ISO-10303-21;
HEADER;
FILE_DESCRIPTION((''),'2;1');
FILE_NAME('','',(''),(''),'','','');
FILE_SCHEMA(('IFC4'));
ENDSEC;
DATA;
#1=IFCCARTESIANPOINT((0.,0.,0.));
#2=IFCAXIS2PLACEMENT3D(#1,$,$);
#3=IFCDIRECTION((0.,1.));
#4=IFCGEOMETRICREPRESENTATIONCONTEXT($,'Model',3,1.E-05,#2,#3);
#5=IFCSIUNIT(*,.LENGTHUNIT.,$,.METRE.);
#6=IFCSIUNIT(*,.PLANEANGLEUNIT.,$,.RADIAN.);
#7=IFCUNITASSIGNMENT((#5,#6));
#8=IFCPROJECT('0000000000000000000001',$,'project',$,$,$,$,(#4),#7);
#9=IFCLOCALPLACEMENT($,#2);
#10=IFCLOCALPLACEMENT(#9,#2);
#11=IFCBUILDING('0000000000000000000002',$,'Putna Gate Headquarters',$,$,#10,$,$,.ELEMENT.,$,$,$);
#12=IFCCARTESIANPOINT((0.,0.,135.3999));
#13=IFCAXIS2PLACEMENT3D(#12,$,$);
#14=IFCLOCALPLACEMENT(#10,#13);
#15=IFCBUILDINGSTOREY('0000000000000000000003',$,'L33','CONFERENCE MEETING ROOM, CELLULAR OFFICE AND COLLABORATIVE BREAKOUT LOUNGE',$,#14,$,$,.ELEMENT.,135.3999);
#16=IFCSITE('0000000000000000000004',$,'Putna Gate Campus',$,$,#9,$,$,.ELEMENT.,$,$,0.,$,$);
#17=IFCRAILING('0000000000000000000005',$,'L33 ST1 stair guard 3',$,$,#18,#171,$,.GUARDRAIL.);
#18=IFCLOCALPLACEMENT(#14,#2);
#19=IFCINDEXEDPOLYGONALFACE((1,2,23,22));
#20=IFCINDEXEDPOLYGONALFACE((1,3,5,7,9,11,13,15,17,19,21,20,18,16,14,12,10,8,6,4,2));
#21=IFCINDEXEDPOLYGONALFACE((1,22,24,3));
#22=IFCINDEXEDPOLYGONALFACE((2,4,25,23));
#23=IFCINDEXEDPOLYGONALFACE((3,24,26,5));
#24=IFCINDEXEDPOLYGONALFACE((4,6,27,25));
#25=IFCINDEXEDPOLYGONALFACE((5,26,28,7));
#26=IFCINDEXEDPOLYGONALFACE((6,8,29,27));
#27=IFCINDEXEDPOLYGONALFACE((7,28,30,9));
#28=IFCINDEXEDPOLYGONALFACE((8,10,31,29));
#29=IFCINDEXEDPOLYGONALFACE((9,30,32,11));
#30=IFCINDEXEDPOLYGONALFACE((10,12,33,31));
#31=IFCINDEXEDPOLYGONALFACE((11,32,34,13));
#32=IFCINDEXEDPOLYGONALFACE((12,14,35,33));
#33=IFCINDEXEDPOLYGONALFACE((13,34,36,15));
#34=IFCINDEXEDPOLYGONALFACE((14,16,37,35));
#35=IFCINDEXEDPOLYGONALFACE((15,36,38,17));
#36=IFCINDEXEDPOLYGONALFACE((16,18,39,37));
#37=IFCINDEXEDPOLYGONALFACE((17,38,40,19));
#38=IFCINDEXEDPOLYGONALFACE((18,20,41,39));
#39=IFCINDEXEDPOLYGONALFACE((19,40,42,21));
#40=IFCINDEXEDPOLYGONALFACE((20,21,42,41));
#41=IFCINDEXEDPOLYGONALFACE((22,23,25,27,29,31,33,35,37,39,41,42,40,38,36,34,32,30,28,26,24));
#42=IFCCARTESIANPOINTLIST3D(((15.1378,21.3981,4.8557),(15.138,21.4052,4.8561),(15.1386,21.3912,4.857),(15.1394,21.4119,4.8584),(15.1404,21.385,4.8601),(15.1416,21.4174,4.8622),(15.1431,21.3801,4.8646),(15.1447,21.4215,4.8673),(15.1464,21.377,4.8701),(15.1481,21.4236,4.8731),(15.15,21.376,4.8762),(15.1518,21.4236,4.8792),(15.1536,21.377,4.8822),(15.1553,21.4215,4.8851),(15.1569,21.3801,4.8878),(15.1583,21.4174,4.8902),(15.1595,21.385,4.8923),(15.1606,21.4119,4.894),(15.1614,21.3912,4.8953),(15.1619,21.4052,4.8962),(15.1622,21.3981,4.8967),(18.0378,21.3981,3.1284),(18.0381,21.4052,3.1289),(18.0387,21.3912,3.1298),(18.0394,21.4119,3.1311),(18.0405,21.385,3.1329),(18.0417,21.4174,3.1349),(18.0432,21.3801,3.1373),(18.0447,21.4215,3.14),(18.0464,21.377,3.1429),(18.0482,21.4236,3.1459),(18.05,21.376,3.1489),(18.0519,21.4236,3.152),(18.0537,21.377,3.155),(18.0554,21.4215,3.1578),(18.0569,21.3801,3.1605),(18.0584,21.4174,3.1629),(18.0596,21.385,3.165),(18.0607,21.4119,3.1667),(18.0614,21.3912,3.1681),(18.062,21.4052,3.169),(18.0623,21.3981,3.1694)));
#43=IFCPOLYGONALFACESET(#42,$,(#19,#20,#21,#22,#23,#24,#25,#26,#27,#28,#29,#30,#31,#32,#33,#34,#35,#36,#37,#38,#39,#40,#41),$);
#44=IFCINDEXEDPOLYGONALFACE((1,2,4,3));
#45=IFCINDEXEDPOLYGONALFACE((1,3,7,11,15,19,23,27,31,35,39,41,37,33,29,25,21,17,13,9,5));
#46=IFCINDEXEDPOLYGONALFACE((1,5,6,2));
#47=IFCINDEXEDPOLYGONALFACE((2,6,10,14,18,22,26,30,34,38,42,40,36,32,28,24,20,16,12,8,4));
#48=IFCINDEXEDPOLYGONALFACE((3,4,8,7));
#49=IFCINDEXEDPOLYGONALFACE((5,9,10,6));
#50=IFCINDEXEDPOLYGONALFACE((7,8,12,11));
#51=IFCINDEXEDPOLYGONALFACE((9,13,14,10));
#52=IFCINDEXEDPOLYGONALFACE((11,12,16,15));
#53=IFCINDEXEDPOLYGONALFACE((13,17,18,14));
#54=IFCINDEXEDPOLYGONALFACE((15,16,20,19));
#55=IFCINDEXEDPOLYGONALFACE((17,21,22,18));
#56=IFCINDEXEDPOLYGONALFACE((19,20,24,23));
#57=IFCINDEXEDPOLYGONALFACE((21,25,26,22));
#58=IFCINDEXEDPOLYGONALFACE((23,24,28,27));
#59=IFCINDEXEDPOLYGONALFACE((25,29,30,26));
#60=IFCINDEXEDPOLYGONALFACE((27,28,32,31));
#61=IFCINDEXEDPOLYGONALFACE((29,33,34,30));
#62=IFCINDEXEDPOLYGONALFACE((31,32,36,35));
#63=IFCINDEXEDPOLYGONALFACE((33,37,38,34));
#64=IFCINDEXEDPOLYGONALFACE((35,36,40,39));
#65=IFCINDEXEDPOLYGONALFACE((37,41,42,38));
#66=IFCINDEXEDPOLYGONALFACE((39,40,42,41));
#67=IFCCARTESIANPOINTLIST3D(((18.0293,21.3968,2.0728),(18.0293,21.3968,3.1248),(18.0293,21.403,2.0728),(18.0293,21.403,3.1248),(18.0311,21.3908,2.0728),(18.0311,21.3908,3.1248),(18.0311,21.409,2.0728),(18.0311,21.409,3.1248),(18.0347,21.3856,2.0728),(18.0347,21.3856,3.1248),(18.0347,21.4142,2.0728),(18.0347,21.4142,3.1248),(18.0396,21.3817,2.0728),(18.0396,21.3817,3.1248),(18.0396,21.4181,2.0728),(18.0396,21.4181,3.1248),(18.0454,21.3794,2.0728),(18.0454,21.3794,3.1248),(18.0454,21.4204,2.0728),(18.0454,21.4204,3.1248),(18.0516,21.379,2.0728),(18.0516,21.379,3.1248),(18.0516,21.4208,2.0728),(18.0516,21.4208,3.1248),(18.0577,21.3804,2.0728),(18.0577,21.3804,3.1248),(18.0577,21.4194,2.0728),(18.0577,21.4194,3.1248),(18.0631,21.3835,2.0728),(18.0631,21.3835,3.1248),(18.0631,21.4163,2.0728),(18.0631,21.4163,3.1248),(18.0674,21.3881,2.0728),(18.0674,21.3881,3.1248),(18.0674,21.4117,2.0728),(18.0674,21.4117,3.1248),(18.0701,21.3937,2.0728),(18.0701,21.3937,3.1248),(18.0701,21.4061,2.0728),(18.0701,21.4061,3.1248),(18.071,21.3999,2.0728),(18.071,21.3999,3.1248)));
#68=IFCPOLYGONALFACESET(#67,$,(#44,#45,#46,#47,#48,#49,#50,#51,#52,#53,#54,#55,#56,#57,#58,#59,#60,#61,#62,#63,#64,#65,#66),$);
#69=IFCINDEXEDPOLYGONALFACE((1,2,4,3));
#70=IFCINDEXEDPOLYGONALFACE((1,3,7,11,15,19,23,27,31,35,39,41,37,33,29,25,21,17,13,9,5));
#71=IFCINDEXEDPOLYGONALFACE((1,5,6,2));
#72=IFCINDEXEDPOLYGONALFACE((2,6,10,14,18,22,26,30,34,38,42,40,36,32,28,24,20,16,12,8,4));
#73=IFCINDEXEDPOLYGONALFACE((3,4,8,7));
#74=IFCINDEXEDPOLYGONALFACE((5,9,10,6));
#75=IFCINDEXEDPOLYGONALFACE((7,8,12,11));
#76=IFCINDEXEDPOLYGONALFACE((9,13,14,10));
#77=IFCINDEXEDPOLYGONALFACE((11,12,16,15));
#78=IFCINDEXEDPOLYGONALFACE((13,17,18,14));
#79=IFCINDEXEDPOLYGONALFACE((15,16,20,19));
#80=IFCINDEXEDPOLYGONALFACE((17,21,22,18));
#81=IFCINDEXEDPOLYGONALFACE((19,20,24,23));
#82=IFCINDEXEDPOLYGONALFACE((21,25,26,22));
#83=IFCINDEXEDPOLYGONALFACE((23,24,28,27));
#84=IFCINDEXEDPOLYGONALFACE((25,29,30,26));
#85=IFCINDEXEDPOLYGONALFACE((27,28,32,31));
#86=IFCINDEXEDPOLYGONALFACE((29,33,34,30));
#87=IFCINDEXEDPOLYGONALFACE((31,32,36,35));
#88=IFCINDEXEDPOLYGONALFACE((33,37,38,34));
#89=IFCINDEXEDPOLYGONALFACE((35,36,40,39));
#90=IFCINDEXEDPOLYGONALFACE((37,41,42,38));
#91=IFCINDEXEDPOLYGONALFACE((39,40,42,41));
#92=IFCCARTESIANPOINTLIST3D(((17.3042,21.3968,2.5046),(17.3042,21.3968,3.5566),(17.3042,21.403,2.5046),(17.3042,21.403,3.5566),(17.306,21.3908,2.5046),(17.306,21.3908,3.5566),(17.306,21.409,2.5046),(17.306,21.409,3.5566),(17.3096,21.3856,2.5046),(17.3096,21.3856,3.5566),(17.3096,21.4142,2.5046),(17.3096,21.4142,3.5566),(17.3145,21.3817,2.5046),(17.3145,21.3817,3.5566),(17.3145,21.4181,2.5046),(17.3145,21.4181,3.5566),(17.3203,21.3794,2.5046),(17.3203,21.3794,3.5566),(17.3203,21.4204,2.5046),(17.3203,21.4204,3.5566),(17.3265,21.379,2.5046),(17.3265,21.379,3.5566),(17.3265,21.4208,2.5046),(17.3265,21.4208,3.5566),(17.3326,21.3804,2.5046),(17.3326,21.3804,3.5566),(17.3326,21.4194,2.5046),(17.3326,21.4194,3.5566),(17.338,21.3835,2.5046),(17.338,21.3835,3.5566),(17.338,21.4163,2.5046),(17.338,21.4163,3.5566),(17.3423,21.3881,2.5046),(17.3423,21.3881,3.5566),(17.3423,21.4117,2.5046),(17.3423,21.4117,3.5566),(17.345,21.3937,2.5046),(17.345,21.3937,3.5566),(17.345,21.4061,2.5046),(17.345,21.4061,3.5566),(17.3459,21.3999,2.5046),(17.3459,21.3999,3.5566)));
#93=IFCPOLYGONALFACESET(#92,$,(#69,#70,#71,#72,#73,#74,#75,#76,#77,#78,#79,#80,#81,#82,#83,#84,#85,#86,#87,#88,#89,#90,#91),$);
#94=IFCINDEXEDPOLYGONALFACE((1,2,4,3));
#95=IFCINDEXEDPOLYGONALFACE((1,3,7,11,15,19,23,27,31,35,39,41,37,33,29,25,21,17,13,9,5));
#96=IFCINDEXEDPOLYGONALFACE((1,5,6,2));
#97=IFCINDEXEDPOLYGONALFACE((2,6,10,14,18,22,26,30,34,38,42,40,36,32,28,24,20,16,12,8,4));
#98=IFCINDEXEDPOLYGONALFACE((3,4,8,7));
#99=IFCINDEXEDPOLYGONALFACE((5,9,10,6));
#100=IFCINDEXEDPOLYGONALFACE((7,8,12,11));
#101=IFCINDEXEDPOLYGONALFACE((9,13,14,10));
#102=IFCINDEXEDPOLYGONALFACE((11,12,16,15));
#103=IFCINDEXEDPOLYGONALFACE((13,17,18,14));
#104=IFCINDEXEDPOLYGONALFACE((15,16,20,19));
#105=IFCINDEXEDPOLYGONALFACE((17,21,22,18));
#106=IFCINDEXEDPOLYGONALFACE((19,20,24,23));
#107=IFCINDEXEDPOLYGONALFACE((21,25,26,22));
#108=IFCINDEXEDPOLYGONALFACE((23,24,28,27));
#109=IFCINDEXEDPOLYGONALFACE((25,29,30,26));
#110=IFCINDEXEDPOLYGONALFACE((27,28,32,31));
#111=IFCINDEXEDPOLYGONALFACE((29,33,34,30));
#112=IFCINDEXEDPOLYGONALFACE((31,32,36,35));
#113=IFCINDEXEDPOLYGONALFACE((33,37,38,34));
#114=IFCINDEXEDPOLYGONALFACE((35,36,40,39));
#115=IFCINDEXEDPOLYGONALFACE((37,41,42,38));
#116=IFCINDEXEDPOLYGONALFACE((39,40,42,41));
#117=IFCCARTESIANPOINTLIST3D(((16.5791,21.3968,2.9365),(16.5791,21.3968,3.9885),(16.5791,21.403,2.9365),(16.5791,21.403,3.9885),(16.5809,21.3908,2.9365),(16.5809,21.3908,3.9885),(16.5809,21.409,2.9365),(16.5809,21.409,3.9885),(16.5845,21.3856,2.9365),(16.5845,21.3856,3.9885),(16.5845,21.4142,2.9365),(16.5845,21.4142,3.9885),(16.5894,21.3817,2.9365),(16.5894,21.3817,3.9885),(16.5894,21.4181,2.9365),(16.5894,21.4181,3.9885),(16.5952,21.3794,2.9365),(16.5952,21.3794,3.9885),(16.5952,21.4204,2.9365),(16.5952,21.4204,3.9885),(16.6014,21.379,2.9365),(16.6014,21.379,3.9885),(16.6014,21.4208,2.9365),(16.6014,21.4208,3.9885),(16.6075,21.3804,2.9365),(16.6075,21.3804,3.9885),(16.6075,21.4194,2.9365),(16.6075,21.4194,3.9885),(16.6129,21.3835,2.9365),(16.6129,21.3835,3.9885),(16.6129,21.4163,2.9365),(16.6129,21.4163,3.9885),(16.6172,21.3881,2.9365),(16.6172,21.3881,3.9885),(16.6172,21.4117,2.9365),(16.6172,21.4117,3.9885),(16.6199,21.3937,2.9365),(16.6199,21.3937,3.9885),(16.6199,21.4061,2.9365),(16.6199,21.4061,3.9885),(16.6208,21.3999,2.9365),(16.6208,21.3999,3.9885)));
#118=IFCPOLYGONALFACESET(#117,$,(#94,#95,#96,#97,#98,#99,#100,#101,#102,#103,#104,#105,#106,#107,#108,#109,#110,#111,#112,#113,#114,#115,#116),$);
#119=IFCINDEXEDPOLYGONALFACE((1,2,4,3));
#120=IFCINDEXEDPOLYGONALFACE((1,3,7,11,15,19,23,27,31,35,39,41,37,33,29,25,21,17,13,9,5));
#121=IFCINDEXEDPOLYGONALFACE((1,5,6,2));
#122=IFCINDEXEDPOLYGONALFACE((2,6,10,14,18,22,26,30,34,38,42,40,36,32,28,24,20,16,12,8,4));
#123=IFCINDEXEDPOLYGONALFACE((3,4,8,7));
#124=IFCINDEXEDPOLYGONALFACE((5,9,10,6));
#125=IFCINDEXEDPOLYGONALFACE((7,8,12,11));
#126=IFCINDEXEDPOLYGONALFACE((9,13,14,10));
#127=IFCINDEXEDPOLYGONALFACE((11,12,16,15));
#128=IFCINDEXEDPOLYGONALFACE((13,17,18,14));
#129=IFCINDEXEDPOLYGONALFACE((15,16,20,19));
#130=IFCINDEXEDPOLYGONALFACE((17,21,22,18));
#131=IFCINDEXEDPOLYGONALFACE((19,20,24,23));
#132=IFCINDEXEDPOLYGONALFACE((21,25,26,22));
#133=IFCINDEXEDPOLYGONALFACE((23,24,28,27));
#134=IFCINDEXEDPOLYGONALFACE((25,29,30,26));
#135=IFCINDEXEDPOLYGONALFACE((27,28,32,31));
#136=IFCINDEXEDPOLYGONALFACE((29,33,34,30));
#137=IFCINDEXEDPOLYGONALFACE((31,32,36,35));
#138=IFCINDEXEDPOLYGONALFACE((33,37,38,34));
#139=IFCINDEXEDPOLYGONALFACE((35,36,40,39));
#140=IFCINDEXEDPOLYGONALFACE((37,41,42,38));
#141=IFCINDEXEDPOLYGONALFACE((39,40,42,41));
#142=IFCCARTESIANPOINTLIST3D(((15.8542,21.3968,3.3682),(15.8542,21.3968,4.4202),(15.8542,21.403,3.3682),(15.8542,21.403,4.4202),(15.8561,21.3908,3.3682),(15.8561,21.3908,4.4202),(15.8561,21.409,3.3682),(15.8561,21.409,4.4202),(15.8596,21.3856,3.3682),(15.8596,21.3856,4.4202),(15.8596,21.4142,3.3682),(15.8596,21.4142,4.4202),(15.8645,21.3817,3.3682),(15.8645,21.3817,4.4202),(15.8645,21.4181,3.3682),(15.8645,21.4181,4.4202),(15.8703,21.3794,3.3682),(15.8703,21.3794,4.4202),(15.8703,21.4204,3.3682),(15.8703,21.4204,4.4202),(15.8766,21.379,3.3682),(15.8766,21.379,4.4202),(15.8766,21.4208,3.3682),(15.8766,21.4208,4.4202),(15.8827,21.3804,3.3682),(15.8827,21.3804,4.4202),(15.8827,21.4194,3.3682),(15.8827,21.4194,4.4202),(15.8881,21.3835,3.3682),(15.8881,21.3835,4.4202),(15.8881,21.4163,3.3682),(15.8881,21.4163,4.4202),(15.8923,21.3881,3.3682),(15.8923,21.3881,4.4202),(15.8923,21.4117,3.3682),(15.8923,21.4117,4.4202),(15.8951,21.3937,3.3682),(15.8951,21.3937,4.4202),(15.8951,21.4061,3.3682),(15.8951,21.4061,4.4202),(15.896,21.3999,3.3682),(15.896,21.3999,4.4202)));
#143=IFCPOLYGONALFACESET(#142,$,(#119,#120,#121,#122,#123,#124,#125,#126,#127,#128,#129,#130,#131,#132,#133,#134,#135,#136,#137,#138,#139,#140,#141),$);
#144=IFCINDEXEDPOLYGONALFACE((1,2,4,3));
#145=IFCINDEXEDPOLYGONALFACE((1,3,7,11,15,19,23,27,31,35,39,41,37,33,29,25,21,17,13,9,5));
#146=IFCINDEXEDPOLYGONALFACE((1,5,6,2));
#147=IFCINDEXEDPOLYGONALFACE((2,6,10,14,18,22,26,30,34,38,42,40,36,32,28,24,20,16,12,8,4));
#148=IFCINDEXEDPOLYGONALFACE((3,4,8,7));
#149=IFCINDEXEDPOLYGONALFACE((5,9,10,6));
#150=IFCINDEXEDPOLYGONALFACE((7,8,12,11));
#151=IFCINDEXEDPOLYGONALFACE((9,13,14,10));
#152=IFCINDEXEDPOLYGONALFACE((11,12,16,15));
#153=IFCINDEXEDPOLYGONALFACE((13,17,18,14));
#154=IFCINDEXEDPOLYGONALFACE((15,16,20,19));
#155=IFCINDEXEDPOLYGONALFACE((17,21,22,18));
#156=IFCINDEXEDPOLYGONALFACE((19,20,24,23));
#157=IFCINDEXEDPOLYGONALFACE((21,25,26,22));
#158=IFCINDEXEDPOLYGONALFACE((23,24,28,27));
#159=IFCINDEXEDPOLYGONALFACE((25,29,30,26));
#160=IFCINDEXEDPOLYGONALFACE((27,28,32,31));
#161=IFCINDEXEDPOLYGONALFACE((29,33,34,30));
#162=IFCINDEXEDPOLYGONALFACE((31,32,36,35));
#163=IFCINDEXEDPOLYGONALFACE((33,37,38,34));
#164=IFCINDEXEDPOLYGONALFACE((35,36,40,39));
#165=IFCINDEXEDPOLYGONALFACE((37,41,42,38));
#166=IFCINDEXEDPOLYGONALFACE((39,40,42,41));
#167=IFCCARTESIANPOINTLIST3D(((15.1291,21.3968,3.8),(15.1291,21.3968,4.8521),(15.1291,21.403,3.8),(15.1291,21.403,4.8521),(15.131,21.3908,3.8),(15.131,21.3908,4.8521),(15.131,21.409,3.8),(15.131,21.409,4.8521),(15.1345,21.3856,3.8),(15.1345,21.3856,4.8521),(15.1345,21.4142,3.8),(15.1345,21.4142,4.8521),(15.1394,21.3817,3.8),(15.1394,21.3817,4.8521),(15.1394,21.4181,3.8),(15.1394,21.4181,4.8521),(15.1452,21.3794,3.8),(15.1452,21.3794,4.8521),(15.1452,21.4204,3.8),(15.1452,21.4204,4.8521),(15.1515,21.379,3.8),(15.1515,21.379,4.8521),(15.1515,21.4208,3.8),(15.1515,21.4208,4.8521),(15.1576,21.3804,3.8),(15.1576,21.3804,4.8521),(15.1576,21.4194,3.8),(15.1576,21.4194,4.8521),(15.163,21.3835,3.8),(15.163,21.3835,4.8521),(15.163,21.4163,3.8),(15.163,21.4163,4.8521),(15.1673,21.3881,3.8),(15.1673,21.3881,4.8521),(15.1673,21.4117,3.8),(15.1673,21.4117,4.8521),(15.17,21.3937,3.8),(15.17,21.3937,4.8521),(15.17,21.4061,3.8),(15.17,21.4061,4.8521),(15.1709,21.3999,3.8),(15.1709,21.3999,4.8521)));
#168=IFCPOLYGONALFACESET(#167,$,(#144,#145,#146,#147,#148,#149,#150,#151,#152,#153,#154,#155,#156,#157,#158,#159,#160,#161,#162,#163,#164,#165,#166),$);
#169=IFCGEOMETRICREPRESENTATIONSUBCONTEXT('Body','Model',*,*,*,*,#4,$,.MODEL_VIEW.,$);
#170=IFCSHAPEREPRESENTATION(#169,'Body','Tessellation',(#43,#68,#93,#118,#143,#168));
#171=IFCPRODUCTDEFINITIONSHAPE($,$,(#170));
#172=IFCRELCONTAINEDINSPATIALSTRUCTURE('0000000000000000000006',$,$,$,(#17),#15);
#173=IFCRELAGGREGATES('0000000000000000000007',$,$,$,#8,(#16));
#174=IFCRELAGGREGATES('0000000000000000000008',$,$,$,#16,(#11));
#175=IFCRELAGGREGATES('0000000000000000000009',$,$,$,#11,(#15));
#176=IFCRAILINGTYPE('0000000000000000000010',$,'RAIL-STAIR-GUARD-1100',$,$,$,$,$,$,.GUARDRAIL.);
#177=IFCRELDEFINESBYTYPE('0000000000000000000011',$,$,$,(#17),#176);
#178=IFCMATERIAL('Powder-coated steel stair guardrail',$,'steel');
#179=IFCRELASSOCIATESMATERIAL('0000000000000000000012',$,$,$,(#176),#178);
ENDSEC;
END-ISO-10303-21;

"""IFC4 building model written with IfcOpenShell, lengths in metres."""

from ifc_helpers import new_model, si_unit, direction, frame, origin, origin_2d, place, context, subcontext, project, spatial, circle, extrude, material, type_object, element, save


model = new_model("IFC4")

# Units and contexts
model_context = context("Model", 3, precision=1e-05, world=origin(), true_north=direction((0.0, 1.0)))
body_context = subcontext(model_context, "Body", "Model", "MODEL_VIEW")
ifc_project = project(units=[si_unit("LENGTHUNIT", "METRE"), si_unit("PLANEANGLEUNIT", "RADIAN")], contexts=[model_context])

# Site, building, storey
site_placement = place(None, origin())
site = spatial("IfcSite", under=ifc_project, at=site_placement, Name="Putna Gate Campus", CompositionType="ELEMENT", RefElevation=0.0)
building_placement = place(site_placement, origin())
building = spatial("IfcBuilding", under=site, at=building_placement, Name="Putna Gate Headquarters", CompositionType="ELEMENT")
storey_placement = place(building_placement, frame((0.0, 0.0, 135.3999)))
storey = spatial("IfcBuildingStorey", under=building, at=storey_placement, Name="L33", Description="CONFERENCE MEETING ROOM, CELLULAR OFFICE AND COLLABORATIVE BREAKOUT LOUNGE", CompositionType="ELEMENT", Elevation=135.3999)

# Railing
ifc_material_1 = material(Name="Powder-coated steel stair guardrail", Category="steel")
railing_type_1 = type_object("IfcRailingType", Name="RAIL-STAIR-GUARD-1100", PredefinedType="GUARDRAIL", material=ifc_material_1)
railing_1_placement = place(storey_placement, frame((18.05, 21.3999, 2.0728)))
element("IfcRailing", 1, at=railing_1_placement, inside=storey, type_object=railing_type_1, Name="L33 ST1 stair guard 3", PredefinedType="GUARDRAIL", context=body_context, shape_type="SweptSolid", body=[
    extrude(circle(Radius=0.0239, at=origin_2d()), frame((0.0, 0.0, 1.0762), z_axis=(-0.85916, 0.0, 0.511706), x_axis=(0.0, -1.0, 0.0)), (0.0, 0.0, 1.0), 3.3755),
    extrude(circle(Radius=0.021, at=origin_2d()), origin(), (0.0, 0.0, 1.0), 1.052),
    extrude(circle(Radius=0.021, at=origin_2d()), frame((-0.7251, 0.0, 0.4319)), (0.0, 0.0, 1.0), 1.052),
    extrude(circle(Radius=0.021, at=origin_2d()), frame((-1.4502, 0.0, 0.8638)), (0.0, 0.0, 1.0), 1.052),
    extrude(circle(Radius=0.021, at=origin_2d()), frame((-2.175, 0.0, 1.2954)), (0.0, 0.0, 1.0), 1.052),
    extrude(circle(Radius=0.021, at=origin_2d()), frame((-2.9001, 0.0, 1.7273)), (0.0, 0.0, 1.0), 1.052),
])

save(model, "model.ifc")
